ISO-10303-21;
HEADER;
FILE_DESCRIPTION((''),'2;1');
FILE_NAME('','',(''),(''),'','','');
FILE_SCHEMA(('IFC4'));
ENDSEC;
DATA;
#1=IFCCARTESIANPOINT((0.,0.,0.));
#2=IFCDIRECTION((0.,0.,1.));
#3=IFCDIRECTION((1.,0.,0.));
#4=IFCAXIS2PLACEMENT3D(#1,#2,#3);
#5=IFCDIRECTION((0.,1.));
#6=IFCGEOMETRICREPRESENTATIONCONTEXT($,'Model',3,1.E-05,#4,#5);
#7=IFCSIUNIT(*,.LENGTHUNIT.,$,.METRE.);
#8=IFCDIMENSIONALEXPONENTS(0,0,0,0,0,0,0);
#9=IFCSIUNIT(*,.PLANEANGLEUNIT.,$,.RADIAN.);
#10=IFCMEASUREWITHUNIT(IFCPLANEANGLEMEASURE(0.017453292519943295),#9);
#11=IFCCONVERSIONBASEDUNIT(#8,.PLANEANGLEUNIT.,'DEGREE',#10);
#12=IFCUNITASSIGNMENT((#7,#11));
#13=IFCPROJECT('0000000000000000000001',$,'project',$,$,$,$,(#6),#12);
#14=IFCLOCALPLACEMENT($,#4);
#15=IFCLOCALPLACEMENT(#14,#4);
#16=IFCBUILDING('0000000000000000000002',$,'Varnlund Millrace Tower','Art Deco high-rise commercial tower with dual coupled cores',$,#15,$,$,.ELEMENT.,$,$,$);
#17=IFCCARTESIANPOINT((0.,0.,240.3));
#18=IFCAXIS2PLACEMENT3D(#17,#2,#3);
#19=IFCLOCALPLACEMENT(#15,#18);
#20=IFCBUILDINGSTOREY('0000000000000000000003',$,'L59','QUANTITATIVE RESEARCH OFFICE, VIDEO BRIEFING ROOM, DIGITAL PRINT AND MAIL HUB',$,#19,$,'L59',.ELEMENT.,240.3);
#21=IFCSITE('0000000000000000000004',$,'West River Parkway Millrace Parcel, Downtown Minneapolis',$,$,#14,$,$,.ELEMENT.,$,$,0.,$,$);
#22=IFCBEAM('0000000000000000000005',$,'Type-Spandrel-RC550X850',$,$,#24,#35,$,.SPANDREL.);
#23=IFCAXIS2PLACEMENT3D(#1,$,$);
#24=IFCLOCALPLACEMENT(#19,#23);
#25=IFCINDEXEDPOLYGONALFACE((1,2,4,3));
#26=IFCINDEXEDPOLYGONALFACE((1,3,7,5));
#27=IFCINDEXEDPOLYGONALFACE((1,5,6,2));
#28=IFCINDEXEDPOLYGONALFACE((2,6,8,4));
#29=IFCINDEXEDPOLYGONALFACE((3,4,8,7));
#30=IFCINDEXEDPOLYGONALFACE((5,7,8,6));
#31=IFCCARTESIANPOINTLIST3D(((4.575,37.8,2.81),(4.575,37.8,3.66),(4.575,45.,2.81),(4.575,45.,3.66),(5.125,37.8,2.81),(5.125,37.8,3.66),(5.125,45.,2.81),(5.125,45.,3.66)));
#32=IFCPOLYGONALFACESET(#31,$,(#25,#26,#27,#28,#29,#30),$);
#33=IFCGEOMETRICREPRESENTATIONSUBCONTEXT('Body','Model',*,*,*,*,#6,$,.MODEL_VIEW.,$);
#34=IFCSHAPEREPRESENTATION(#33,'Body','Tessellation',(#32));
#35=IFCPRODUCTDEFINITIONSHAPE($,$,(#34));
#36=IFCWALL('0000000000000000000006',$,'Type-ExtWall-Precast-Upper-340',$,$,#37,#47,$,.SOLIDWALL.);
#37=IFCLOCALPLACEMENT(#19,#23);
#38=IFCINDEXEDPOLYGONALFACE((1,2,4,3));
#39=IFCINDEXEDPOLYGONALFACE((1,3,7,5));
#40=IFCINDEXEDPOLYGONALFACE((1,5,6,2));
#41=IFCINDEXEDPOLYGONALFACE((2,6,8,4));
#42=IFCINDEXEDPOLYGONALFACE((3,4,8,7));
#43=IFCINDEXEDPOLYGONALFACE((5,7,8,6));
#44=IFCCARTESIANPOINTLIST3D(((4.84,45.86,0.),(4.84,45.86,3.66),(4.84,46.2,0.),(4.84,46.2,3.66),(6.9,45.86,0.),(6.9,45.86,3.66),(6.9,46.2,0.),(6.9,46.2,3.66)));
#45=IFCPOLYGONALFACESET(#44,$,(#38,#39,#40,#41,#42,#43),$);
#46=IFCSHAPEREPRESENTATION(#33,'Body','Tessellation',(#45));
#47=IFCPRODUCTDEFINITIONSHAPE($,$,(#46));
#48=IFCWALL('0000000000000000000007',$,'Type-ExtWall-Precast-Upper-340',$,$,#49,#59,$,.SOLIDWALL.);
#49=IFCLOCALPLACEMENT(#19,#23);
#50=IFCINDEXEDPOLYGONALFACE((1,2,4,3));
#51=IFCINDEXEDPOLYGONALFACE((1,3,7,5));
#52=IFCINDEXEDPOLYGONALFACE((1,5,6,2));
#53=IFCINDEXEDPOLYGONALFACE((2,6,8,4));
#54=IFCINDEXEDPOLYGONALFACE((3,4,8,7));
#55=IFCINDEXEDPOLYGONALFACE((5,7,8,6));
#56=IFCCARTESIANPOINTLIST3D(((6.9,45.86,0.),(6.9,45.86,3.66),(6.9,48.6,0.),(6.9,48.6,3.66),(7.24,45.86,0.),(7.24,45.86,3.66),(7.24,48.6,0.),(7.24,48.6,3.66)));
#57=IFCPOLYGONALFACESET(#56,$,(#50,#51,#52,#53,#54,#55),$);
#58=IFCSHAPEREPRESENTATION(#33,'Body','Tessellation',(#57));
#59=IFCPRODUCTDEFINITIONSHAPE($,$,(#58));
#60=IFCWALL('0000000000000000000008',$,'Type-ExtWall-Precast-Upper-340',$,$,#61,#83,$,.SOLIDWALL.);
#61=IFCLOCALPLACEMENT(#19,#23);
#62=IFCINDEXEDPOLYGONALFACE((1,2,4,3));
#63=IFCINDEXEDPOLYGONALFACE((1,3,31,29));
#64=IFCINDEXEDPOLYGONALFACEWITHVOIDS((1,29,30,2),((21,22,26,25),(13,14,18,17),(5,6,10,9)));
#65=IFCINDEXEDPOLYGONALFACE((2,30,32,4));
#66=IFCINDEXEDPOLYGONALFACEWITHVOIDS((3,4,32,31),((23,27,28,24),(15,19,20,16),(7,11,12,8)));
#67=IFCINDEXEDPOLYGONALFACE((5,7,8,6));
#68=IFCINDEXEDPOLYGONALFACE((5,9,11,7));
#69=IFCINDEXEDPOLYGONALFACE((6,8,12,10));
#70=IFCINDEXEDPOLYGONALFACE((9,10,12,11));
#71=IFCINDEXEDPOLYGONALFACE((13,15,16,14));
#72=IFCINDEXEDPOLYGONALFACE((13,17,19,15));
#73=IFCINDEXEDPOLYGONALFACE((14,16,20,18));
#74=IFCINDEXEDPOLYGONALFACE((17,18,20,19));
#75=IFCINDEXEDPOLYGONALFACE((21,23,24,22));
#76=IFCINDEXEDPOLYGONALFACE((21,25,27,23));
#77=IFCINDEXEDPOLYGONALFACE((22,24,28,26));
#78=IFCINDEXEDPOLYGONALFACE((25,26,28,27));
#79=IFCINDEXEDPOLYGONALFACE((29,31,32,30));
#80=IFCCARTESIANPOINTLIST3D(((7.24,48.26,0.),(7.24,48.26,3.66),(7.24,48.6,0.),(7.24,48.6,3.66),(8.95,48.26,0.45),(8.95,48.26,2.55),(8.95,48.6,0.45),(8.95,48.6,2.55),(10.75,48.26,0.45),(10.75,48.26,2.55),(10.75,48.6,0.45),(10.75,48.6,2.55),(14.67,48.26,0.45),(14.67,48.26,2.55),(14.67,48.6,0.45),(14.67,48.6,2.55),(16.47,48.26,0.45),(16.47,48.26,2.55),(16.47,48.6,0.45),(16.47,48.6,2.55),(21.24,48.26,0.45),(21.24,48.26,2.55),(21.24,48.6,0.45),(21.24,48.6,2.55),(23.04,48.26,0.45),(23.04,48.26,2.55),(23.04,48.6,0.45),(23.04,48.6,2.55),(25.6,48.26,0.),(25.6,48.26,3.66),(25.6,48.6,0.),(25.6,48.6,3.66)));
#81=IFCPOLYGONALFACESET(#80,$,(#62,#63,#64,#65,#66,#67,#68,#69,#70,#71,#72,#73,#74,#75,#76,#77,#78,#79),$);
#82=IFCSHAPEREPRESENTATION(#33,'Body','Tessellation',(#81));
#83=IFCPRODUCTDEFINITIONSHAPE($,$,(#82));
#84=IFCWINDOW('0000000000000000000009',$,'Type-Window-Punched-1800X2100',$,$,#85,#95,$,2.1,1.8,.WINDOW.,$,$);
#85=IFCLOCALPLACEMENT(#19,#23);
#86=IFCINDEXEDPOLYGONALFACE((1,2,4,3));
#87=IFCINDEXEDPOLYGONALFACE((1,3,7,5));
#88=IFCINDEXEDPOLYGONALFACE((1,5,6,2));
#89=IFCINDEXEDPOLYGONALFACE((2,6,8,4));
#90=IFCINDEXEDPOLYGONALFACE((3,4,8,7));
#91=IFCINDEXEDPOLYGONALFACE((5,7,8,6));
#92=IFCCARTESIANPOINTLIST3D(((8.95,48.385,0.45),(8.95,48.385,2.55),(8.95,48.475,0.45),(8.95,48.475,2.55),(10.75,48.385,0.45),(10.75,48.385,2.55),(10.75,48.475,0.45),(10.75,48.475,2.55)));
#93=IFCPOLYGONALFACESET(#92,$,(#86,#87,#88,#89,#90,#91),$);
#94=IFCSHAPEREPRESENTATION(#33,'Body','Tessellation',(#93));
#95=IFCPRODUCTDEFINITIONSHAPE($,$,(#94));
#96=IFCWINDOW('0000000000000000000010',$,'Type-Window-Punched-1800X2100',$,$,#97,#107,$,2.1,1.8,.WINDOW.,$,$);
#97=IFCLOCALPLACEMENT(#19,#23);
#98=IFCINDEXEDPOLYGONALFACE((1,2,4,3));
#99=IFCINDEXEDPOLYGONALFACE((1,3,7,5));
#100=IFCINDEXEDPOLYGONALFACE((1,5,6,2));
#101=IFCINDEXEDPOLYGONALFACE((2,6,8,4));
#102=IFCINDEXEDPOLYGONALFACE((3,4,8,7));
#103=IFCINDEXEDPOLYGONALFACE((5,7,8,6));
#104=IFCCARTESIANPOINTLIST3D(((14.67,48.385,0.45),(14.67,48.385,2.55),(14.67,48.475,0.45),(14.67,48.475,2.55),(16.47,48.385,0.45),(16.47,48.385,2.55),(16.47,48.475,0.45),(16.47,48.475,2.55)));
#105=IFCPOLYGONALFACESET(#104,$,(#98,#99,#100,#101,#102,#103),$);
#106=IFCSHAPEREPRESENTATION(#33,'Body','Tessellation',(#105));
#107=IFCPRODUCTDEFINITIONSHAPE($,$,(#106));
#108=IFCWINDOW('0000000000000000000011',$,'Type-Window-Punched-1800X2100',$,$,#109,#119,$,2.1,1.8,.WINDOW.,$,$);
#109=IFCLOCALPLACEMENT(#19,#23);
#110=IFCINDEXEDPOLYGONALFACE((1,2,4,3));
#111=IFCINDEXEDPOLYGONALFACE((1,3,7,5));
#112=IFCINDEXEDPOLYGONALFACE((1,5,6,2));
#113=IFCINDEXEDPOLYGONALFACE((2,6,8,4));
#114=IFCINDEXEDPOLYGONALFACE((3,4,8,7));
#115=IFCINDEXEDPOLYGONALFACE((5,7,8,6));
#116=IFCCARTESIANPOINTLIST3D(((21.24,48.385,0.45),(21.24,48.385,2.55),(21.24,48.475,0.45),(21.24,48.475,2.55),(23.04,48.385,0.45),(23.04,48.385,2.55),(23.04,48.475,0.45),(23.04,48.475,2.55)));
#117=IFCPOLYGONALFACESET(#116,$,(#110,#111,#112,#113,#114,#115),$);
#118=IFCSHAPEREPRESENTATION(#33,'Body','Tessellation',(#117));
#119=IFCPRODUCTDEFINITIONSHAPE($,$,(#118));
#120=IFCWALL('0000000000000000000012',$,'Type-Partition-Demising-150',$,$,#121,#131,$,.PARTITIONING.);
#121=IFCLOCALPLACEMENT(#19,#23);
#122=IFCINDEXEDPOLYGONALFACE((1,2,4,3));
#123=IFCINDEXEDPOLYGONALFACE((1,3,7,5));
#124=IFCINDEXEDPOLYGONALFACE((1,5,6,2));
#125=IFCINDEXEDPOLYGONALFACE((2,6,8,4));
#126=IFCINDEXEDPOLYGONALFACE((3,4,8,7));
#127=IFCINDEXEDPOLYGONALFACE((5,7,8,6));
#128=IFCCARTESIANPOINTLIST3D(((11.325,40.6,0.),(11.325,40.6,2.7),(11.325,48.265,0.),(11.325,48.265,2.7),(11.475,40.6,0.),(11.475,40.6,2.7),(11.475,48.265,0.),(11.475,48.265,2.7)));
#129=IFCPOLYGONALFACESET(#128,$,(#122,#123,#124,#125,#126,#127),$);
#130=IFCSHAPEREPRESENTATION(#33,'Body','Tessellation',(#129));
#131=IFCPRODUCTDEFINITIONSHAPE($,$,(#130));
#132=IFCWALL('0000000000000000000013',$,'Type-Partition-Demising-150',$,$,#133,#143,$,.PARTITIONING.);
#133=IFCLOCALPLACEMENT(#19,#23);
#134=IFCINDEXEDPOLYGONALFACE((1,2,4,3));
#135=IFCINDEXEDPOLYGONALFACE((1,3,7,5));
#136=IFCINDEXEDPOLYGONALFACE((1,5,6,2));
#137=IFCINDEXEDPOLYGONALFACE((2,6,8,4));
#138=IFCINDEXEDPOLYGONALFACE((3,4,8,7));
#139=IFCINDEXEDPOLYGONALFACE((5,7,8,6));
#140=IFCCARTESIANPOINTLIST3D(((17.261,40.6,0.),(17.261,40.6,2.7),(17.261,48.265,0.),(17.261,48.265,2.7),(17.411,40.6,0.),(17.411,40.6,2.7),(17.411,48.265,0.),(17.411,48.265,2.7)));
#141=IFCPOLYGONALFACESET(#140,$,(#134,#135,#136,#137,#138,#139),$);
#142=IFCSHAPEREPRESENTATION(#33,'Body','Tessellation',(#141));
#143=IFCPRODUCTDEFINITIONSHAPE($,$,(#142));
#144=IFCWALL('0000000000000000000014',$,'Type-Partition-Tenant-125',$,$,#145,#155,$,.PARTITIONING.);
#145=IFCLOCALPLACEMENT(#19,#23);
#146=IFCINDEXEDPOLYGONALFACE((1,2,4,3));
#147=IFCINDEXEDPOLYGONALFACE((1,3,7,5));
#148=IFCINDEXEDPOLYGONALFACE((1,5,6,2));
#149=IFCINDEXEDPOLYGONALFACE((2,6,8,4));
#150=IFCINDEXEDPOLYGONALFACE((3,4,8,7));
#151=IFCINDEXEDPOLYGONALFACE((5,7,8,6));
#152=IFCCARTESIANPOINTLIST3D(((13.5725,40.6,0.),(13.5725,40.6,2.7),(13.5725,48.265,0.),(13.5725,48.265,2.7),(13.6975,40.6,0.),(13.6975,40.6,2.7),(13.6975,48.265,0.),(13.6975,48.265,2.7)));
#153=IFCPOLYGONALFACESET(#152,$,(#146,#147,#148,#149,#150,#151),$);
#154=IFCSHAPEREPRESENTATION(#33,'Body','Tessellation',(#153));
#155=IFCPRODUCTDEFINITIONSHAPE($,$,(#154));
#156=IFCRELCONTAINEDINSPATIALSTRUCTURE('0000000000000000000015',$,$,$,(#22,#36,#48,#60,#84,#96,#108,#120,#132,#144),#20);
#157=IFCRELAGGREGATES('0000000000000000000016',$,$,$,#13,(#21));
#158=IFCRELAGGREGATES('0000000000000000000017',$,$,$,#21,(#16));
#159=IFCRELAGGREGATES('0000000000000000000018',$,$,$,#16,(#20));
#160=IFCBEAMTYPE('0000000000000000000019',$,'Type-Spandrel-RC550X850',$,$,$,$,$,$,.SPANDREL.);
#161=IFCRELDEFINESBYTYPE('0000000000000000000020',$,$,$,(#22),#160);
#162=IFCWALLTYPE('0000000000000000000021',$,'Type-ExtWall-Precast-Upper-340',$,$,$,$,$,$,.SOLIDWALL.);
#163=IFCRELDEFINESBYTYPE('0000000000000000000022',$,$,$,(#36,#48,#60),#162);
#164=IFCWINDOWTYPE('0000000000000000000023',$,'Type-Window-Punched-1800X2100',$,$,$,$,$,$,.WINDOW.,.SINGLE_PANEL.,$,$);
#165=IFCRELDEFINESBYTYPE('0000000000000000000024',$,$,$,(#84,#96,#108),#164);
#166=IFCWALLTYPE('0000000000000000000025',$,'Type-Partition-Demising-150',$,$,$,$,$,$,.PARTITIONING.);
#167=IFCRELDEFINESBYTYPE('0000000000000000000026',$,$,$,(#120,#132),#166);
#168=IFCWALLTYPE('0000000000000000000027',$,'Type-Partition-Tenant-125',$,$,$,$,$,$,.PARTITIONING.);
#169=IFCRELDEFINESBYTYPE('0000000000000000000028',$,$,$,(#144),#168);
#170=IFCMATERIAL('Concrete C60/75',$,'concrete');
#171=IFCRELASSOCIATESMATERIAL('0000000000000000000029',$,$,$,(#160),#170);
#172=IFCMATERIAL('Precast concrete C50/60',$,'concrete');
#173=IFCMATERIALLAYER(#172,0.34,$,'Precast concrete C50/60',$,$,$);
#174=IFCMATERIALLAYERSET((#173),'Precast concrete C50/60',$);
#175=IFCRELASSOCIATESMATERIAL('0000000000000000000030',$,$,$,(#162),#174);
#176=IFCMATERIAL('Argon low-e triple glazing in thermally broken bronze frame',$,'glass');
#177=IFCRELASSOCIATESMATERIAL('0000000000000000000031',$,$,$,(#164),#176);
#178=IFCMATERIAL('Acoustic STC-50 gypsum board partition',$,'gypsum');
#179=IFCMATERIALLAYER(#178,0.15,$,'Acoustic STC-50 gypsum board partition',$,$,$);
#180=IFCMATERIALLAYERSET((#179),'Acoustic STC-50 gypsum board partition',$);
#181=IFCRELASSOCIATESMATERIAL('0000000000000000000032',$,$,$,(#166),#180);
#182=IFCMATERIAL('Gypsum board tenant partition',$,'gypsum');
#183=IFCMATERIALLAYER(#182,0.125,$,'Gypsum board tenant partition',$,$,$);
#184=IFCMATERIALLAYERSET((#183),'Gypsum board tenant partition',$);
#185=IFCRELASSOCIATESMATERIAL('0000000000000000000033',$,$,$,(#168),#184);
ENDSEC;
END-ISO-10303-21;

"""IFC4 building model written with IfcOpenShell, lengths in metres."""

from ifc_helpers import new_model, entity, si_unit, converted_unit, direction, frame, origin_with_axes, origin_2d_with_axis, place, context, subcontext, project, spatial, polyline, rectangle, outline, extrude, material, layer, layer_set, material_profile, profile_set, type_object, element, fill, save


model = new_model("IFC4")

# Units and contexts
model_context = context("Model", 3, precision=1e-05, world=origin_with_axes(), true_north=direction((0.0, 1.0)))
body_context = subcontext(model_context, "Body", "Model", "MODEL_VIEW")
ifc_project = project(units=[si_unit("LENGTHUNIT", "METRE"), converted_unit("PLANEANGLEUNIT", "DEGREE", entity("IfcPlaneAngleMeasure", 0.017453292519943295), si_unit("PLANEANGLEUNIT", "RADIAN"), dimensions=[0, 0, 0, 0, 0, 0, 0])], contexts=[model_context])

# Site, building, storey
site_placement = place(None, origin_with_axes())
site = spatial("IfcSite", under=ifc_project, at=site_placement, Name="West River Parkway Millrace Parcel, Downtown Minneapolis", CompositionType="ELEMENT", RefElevation=0.0)
building_placement = place(site_placement, origin_with_axes())
building = spatial("IfcBuilding", under=site, at=building_placement, Name="Varnlund Millrace Tower", Description="Art Deco high-rise commercial tower with dual coupled cores", CompositionType="ELEMENT")
storey_placement = place(building_placement, frame((0.0, 0.0, 240.3), z_axis=(0.0, 0.0, 1.0), x_axis=(1.0, 0.0, 0.0)))
storey = spatial("IfcBuildingStorey", under=building, at=storey_placement, Name="L59", Description="QUANTITATIVE RESEARCH OFFICE, VIDEO BRIEFING ROOM, DIGITAL PRINT AND MAIL HUB", LongName="L59", CompositionType="ELEMENT", Elevation=240.3)

# Beam
ifc_material_1 = material(Name="Concrete C60/75", Category="concrete")
ifc_material_profile_1 = material_profile(ifc_material_1, rectangle(XDim=0.55, YDim=0.85, at=origin_2d_with_axis()), Name="Concrete C60/75")
ifc_profile_set_1 = profile_set([ifc_material_profile_1], Name="Concrete C60/75")
beam_type_1 = type_object("IfcBeamType", Name="Type-Spandrel-RC550X850", PredefinedType="SPANDREL", material=ifc_profile_set_1)
beam_1_placement = place(storey_placement, frame((4.85, 37.8, 3.235), z_axis=(0.0, 1.0, 0.0), x_axis=(-1.0, 0.0, 0.0)))
element("IfcBeam", 1, at=beam_1_placement, inside=storey, type_object=beam_type_1, Name="Type-Spandrel-RC550X850", PredefinedType="SPANDREL", context=body_context, shape_type="SweptSolid", body=[
    extrude(rectangle(XDim=0.55, YDim=0.85, at=origin_2d_with_axis()), origin_with_axes(), (0.0, 0.0, 1.0), 7.2),
])

# Walls
ifc_material_2 = material(Name="Precast concrete C50/60", Category="concrete")
ifc_layer_1 = layer(ifc_material_2, 0.34, Name="Precast concrete C50/60")
ifc_layer_set_1 = layer_set([ifc_layer_1], Name="Precast concrete C50/60")
wall_type_1 = type_object("IfcWallType", Name="Type-ExtWall-Precast-Upper-340", PredefinedType="SOLIDWALL", material=ifc_layer_set_1)
wall_1_placement = place(storey_placement, frame((4.84, 46.03, 0.0), z_axis=(0.0, 0.0, 1.0), x_axis=(1.0, 0.0, 0.0)))
element("IfcWall", 2, at=wall_1_placement, inside=storey, type_object=wall_type_1, Name="Type-ExtWall-Precast-Upper-340", PredefinedType="SOLIDWALL", context=body_context, shape_type="SweptSolid", body=[
    extrude(outline(polyline([(0.0, -0.17), (2.06, -0.17), (2.06, 0.17), (0.0, 0.17), (0.0, -0.17)])), origin_with_axes(), (0.0, 0.0, 1.0), 3.66),
])
wall_2_placement = place(storey_placement, frame((7.07, 45.86, 0.0), z_axis=(0.0, 0.0, 1.0), x_axis=(0.0, 1.0, 0.0)))
element("IfcWall", 3, at=wall_2_placement, inside=storey, type_object=wall_type_1, Name="Type-ExtWall-Precast-Upper-340", PredefinedType="SOLIDWALL", context=body_context, shape_type="SweptSolid", body=[
    extrude(outline(polyline([(0.0, -0.17), (2.74, -0.17), (2.74, 0.17), (0.0, 0.17), (0.0, -0.17)])), origin_with_axes(), (0.0, 0.0, 1.0), 3.66),
])

# Wall, openings, windows
wall_3_placement = place(storey_placement, frame((7.24, 48.43, 0.0), z_axis=(0.0, 0.0, 1.0), x_axis=(1.0, 0.0, 0.0)))
wall_3 = element("IfcWall", 4, at=wall_3_placement, inside=storey, type_object=wall_type_1, Name="Type-ExtWall-Precast-Upper-340", PredefinedType="SOLIDWALL", context=body_context, shape_type="SweptSolid", body=[
    extrude(outline(polyline([(0.0, -0.17), (18.36, -0.17), (18.36, 0.17), (0.0, 0.17), (0.0, -0.17)])), origin_with_axes(), (0.0, 0.0, 1.0), 3.66),
])
opening_1_placement = place(wall_3_placement, frame((2.61, 0.0, 0.45), z_axis=(0.0, 0.0, 1.0), x_axis=(1.0, 0.0, 0.0)))
opening_1 = element("IfcOpeningElement", 5, at=opening_1_placement, cuts=wall_3, PredefinedType="OPENING", context=body_context, shape_type="SweptSolid", body=[
    extrude(rectangle(XDim=1.8, YDim=0.36, at=origin_2d_with_axis()), origin_with_axes(), (0.0, 0.0, 1.0), 2.1),
])
opening_2_placement = place(wall_3_placement, frame((8.33, 0.0, 0.45), z_axis=(0.0, 0.0, 1.0), x_axis=(1.0, 0.0, 0.0)))
opening_2 = element("IfcOpeningElement", 6, at=opening_2_placement, cuts=wall_3, PredefinedType="OPENING", context=body_context, shape_type="SweptSolid", body=[
    extrude(rectangle(XDim=1.8, YDim=0.36, at=origin_2d_with_axis()), origin_with_axes(), (0.0, 0.0, 1.0), 2.1),
])
opening_3_placement = place(wall_3_placement, frame((14.9, 0.0, 0.45), z_axis=(0.0, 0.0, 1.0), x_axis=(1.0, 0.0, 0.0)))
opening_3 = element("IfcOpeningElement", 7, at=opening_3_placement, cuts=wall_3, PredefinedType="OPENING", context=body_context, shape_type="SweptSolid", body=[
    extrude(rectangle(XDim=1.8, YDim=0.36, at=origin_2d_with_axis()), origin_with_axes(), (0.0, 0.0, 1.0), 2.1),
])
ifc_material_3 = material(Name="Argon low-e triple glazing in thermally broken bronze frame", Category="glass")
window_type = type_object("IfcWindowType", Name="Type-Window-Punched-1800X2100", PartitioningType="SINGLE_PANEL", PredefinedType="WINDOW", material=ifc_material_3)
window_1_placement = place(wall_3_placement, frame((2.61, 0.0, 0.45), z_axis=(0.0, 0.0, 1.0), x_axis=(1.0, 0.0, 0.0)))
window_1 = element("IfcWindow", 8, at=window_1_placement, inside=storey, type_object=window_type, Name="Type-Window-Punched-1800X2100", OverallHeight=2.1, OverallWidth=1.8, PredefinedType="WINDOW", context=body_context, shape_type="SweptSolid", body=[
    extrude(rectangle(XDim=1.8, YDim=0.09, at=origin_2d_with_axis()), origin_with_axes(), (0.0, 0.0, 1.0), 2.1),
])
fill(opening_1, window_1)
window_2_placement = place(wall_3_placement, frame((8.33, 0.0, 0.45), z_axis=(0.0, 0.0, 1.0), x_axis=(1.0, 0.0, 0.0)))
window_2 = element("IfcWindow", 9, at=window_2_placement, inside=storey, type_object=window_type, Name="Type-Window-Punched-1800X2100", OverallHeight=2.1, OverallWidth=1.8, PredefinedType="WINDOW", context=body_context, shape_type="SweptSolid", body=[
    extrude(rectangle(XDim=1.8, YDim=0.09, at=origin_2d_with_axis()), origin_with_axes(), (0.0, 0.0, 1.0), 2.1),
])
fill(opening_2, window_2)
window_3_placement = place(wall_3_placement, frame((14.9, 0.0, 0.45), z_axis=(0.0, 0.0, 1.0), x_axis=(1.0, 0.0, 0.0)))
window_3 = element("IfcWindow", 10, at=window_3_placement, inside=storey, type_object=window_type, Name="Type-Window-Punched-1800X2100", OverallHeight=2.1, OverallWidth=1.8, PredefinedType="WINDOW", context=body_context, shape_type="SweptSolid", body=[
    extrude(rectangle(XDim=1.8, YDim=0.09, at=origin_2d_with_axis()), origin_with_axes(), (0.0, 0.0, 1.0), 2.1),
])
fill(opening_3, window_3)

# Walls
ifc_material_4 = material(Name="Acoustic STC-50 gypsum board partition", Category="gypsum")
ifc_layer_2 = layer(ifc_material_4, 0.15, Name="Acoustic STC-50 gypsum board partition")
ifc_layer_set_2 = layer_set([ifc_layer_2], Name="Acoustic STC-50 gypsum board partition")
wall_type_2 = type_object("IfcWallType", Name="Type-Partition-Demising-150", PredefinedType="PARTITIONING", material=ifc_layer_set_2)
for number, where, z_axis, x_axis, name in (
    (11, (11.4, 40.6, 0.0), (0.0, 0.0, 1.0), (0.0, 1.0, 0.0), "Type-Partition-Demising-150"),
    (12, (17.336, 40.6, 0.0), (0.0, 0.0, 1.0), (0.0, 1.0, 0.0), "Type-Partition-Demising-150"),
):
    element("IfcWall", number, at=place(storey_placement, frame(where, z_axis=z_axis, x_axis=x_axis)), inside=storey, type_object=wall_type_2, Name=name, PredefinedType="PARTITIONING", context=body_context, shape_type="SweptSolid", body=[
        extrude(outline(polyline([(0.0, -0.075), (7.665, -0.075), (7.665, 0.075), (0.0, 0.075), (0.0, -0.075)])), origin_with_axes(), (0.0, 0.0, 1.0), 2.7),
    ])
ifc_material_5 = material(Name="Gypsum board tenant partition", Category="gypsum")
ifc_layer_3 = layer(ifc_material_5, 0.125, Name="Gypsum board tenant partition")
ifc_layer_set_3 = layer_set([ifc_layer_3], Name="Gypsum board tenant partition")
wall_type_3 = type_object("IfcWallType", Name="Type-Partition-Tenant-125", PredefinedType="PARTITIONING", material=ifc_layer_set_3)
wall_4_placement = place(storey_placement, frame((13.635, 40.6, 0.0), z_axis=(0.0, 0.0, 1.0), x_axis=(0.0, 1.0, 0.0)))
element("IfcWall", 13, at=wall_4_placement, inside=storey, type_object=wall_type_3, Name="Type-Partition-Tenant-125", PredefinedType="PARTITIONING", context=body_context, shape_type="SweptSolid", body=[
    extrude(outline(polyline([(0.0, -0.0625), (7.665, -0.0625), (7.665, 0.0625), (0.0, 0.0625), (0.0, -0.0625)])), origin_with_axes(), (0.0, 0.0, 1.0), 2.7),
])

save(model, "model.ifc")
